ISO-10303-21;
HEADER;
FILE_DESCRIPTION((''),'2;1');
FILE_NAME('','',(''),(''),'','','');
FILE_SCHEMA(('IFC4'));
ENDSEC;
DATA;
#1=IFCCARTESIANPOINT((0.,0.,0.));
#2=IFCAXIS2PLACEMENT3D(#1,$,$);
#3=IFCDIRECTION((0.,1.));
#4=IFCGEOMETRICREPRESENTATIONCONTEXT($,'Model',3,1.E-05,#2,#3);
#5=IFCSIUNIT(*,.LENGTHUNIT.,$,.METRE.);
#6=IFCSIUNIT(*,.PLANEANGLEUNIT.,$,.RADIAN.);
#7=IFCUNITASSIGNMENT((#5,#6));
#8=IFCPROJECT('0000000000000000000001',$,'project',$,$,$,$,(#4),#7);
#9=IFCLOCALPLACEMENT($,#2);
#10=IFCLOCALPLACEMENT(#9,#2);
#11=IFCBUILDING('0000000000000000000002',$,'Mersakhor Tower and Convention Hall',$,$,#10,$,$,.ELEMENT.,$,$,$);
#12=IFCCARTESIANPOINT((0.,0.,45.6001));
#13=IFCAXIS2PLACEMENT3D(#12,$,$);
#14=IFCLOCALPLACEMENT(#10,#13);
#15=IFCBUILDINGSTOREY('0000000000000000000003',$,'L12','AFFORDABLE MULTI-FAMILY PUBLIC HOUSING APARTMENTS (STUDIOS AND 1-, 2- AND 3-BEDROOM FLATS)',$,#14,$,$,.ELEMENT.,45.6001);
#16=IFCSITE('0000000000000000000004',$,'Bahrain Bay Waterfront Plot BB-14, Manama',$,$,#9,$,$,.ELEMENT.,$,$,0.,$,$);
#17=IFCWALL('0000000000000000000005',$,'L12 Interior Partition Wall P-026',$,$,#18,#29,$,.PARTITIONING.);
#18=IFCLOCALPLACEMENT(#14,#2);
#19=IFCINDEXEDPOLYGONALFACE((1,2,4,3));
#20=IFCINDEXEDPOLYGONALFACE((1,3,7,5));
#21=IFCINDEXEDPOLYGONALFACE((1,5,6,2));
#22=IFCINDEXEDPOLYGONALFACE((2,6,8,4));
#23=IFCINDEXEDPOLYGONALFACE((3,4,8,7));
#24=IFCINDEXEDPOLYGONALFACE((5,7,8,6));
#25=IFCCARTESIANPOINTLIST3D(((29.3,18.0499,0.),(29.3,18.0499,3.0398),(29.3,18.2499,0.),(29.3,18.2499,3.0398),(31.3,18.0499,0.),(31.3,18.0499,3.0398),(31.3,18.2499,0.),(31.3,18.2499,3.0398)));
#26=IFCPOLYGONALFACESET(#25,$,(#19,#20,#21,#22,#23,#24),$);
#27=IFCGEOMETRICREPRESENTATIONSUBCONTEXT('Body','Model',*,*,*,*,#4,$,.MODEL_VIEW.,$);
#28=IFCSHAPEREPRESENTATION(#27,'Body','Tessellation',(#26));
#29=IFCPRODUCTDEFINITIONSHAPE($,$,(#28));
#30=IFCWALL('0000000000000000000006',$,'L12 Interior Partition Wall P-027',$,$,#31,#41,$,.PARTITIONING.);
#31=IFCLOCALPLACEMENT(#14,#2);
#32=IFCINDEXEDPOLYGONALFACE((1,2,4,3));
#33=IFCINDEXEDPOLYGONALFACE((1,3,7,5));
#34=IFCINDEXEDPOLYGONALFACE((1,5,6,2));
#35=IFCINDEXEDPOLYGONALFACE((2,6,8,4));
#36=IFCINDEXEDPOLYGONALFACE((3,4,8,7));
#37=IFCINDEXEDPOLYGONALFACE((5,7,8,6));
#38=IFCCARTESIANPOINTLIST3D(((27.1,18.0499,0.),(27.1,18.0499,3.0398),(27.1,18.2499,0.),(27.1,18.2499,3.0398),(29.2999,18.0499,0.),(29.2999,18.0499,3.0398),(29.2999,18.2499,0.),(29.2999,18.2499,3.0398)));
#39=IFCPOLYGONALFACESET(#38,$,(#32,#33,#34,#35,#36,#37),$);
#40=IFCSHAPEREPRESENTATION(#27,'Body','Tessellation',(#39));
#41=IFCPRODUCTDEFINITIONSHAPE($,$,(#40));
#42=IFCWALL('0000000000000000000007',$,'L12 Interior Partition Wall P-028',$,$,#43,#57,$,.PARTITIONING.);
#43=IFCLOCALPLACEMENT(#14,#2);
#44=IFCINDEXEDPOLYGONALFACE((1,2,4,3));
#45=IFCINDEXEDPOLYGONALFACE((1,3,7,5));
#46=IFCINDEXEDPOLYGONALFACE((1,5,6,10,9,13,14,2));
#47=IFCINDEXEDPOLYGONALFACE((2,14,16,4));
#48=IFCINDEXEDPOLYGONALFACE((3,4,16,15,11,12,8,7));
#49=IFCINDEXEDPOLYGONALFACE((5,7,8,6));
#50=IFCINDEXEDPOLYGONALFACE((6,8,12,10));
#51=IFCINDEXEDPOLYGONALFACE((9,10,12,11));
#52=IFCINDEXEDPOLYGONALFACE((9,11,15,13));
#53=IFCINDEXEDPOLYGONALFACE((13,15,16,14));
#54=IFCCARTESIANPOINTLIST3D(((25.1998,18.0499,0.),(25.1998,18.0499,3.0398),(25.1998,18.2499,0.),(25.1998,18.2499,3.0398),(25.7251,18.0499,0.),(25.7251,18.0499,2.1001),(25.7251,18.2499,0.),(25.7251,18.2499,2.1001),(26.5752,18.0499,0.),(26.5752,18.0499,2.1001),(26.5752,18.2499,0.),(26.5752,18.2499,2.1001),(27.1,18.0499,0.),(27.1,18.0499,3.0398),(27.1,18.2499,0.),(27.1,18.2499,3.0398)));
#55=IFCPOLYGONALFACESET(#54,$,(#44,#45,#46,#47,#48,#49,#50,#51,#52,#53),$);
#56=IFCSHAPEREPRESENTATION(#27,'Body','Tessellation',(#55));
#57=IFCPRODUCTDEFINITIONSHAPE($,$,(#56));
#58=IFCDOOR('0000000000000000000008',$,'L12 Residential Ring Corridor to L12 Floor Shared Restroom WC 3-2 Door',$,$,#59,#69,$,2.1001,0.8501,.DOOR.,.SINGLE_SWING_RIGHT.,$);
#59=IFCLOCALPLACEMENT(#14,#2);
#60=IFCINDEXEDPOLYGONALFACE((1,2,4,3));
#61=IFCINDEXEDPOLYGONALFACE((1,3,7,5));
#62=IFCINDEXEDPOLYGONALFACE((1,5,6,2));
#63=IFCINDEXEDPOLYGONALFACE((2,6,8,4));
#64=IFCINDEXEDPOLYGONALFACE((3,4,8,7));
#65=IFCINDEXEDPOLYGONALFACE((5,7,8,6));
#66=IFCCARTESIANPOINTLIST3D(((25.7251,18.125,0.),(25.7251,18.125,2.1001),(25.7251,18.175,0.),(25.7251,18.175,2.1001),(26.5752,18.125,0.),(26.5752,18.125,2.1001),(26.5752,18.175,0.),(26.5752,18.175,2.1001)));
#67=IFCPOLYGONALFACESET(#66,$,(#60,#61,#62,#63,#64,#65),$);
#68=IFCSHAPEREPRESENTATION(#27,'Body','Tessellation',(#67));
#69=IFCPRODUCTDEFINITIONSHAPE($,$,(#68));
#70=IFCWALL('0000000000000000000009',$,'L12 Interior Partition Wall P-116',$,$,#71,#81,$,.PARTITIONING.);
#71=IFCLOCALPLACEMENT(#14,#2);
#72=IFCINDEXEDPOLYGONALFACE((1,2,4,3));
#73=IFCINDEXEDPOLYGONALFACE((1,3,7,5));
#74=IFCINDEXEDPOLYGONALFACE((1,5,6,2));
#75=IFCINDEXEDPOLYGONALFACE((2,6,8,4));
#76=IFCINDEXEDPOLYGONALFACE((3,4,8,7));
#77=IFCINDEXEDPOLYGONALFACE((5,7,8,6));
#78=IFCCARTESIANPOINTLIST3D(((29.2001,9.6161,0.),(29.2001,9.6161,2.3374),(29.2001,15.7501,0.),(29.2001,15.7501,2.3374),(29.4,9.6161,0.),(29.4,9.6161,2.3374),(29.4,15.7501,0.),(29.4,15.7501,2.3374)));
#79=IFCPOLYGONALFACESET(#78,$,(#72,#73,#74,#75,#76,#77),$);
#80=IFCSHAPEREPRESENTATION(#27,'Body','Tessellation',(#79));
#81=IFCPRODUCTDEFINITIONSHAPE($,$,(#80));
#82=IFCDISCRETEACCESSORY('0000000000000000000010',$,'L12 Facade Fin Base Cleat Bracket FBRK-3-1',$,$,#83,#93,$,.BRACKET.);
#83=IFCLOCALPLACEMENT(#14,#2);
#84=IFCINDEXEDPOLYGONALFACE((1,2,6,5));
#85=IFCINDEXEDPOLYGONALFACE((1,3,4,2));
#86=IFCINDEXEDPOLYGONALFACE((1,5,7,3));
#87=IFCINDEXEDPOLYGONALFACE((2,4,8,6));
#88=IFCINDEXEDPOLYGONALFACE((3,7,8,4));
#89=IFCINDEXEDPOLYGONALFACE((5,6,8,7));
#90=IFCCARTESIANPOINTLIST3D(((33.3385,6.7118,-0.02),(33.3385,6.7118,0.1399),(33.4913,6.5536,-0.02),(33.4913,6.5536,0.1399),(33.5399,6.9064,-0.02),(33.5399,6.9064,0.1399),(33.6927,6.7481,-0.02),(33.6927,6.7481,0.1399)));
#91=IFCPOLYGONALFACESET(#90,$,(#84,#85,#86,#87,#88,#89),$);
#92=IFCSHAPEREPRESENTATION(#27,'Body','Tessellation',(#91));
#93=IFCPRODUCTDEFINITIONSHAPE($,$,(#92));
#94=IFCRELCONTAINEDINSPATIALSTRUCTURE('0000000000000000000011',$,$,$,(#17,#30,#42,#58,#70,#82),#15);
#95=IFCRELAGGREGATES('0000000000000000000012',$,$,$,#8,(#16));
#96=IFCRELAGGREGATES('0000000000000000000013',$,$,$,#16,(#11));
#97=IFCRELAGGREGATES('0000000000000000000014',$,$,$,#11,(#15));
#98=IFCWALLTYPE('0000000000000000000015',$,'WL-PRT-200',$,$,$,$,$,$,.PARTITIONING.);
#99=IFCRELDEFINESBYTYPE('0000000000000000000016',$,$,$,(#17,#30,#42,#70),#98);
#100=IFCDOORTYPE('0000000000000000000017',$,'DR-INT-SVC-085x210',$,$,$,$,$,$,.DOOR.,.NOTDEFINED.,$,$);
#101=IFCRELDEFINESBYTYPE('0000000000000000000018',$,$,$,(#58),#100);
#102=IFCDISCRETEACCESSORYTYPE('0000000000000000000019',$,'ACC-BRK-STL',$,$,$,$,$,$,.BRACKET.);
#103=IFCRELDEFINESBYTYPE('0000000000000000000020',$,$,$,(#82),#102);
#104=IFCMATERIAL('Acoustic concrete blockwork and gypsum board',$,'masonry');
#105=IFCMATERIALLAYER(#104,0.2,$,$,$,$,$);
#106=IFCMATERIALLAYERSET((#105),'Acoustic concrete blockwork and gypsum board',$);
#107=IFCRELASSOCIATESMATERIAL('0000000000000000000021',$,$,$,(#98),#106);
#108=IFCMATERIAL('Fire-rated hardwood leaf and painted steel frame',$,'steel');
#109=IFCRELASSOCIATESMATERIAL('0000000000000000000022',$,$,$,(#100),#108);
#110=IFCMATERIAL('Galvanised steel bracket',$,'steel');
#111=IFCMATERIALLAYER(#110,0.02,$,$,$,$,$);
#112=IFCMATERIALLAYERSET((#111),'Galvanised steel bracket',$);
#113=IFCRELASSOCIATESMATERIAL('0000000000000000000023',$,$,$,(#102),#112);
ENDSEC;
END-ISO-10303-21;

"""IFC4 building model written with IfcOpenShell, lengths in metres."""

from ifc_helpers import new_model, si_unit, direction, frame, frame_2d, origin, origin_2d, place, context, subcontext, project, spatial, rectangle, extrude, material, layer, layer_set, type_object, element, fill, save


model = new_model("IFC4")

# Units and contexts
model_context = context("Model", 3, precision=1e-05, world=origin(), true_north=direction((0.0, 1.0)))
body_context = subcontext(model_context, "Body", "Model", "MODEL_VIEW")
ifc_project = project(units=[si_unit("LENGTHUNIT", "METRE"), si_unit("PLANEANGLEUNIT", "RADIAN")], contexts=[model_context])

# Site, building, storey
site_placement = place(None, origin())
site = spatial("IfcSite", under=ifc_project, at=site_placement, Name="Bahrain Bay Waterfront Plot BB-14, Manama", CompositionType="ELEMENT", RefElevation=0.0)
building_placement = place(site_placement, origin())
building = spatial("IfcBuilding", under=site, at=building_placement, Name="Mersakhor Tower and Convention Hall", CompositionType="ELEMENT")
storey_placement = place(building_placement, frame((0.0, 0.0, 45.6001)))
storey = spatial("IfcBuildingStorey", under=building, at=storey_placement, Name="L12", Description="AFFORDABLE MULTI-FAMILY PUBLIC HOUSING APARTMENTS (STUDIOS AND 1-, 2- AND 3-BEDROOM FLATS)", CompositionType="ELEMENT", Elevation=45.6001)

# Shared definitions
ifc_material_1 = material(Name="Acoustic concrete blockwork and gypsum board", Category="masonry")
ifc_layer_1 = layer(ifc_material_1, 0.2)
ifc_layer_set_1 = layer_set([ifc_layer_1], Name="Acoustic concrete blockwork and gypsum board")
wall_type_1 = type_object("IfcWallType", Name="WL-PRT-200", PredefinedType="PARTITIONING", material=ifc_layer_set_1)

# Walls
wall_1_placement = place(storey_placement, frame((31.3, 18.1499, 0.0), z_axis=(0.0, 0.0, 1.0), x_axis=(-1.0, 0.0, 0.0)))
element("IfcWall", 1, at=wall_1_placement, inside=storey, type_object=wall_type_1, Name="L12 Interior Partition Wall P-026", PredefinedType="PARTITIONING", context=body_context, shape_type="SweptSolid", body=[
    extrude(rectangle(XDim=2.0, YDim=0.2, at=frame_2d((1.0, 0.0))), origin(), (0.0, 0.0, 1.0), 3.0398),
])
wall_2_placement = place(storey_placement, frame((29.3, 18.1499, 0.0), z_axis=(0.0, 0.0, 1.0), x_axis=(-1.0, 0.0, 0.0)))
element("IfcWall", 2, at=wall_2_placement, inside=storey, type_object=wall_type_1, Name="L12 Interior Partition Wall P-027", PredefinedType="PARTITIONING", context=body_context, shape_type="SweptSolid", body=[
    extrude(rectangle(XDim=2.2, YDim=0.2, at=frame_2d((1.1001, 0.0))), origin(), (0.0, 0.0, 1.0), 3.0398),
])

# Wall, opening, door
wall_3_placement = place(storey_placement, frame((27.1001, 18.1499, 0.0), z_axis=(0.0, 0.0, 1.0), x_axis=(-1.0, 0.0, 0.0)))
wall_3 = element("IfcWall", 3, at=wall_3_placement, inside=storey, type_object=wall_type_1, Name="L12 Interior Partition Wall P-028", PredefinedType="PARTITIONING", context=body_context, shape_type="SweptSolid", body=[
    extrude(rectangle(XDim=1.9001, YDim=0.2, at=frame_2d((0.9502, 0.0))), origin(), (0.0, 0.0, 1.0), 3.0398),
])
opening_1_placement = place(wall_3_placement, frame((0.5249, 0.0, 0.0)))
opening_1 = element("IfcOpeningElement", 4, at=opening_1_placement, cuts=wall_3, PredefinedType="OPENING", context=body_context, shape_type="SweptSolid", body=[
    extrude(rectangle(XDim=0.8501, YDim=2.1001, at=frame_2d((0.425, 1.05))), frame((0.0, 0.1099, 0.0), z_axis=(0.0, -1.0, 0.0), x_axis=(1.0, 0.0, 0.0)), (0.0, 0.0, 1.0), 0.22),
])
ifc_material_2 = material(Name="Fire-rated hardwood leaf and painted steel frame", Category="steel")
door_type_1 = type_object("IfcDoorType", Name="DR-INT-SVC-085x210", OperationType="NOTDEFINED", PredefinedType="DOOR", material=ifc_material_2)
door_1_placement = place(opening_1_placement, origin())
door_1 = element("IfcDoor", 5, at=door_1_placement, inside=storey, type_object=door_type_1, Name="L12 Residential Ring Corridor to L12 Floor Shared Restroom WC 3-2 Door", OperationType="SINGLE_SWING_RIGHT", OverallHeight=2.1001, OverallWidth=0.8501, PredefinedType="DOOR", context=body_context, shape_type="SweptSolid", body=[
    extrude(rectangle(XDim=0.8501, YDim=2.1001, at=frame_2d((0.425, 1.05))), frame((0.0, 0.0249, 0.0), z_axis=(0.0, -1.0, 0.0), x_axis=(1.0, 0.0, 0.0)), (0.0, 0.0, 1.0), 0.05),
])
fill(opening_1, door_1)

# Wall
wall_4_placement = place(storey_placement, frame((29.3, 15.75, 0.0), z_axis=(0.0, 0.0, 1.0), x_axis=(0.0, -1.0, 0.0)))
element("IfcWall", 6, at=wall_4_placement, inside=storey, type_object=wall_type_1, Name="L12 Interior Partition Wall P-116", PredefinedType="PARTITIONING", context=body_context, shape_type="SweptSolid", body=[
    extrude(rectangle(XDim=6.134, YDim=0.2, at=frame_2d((3.0669, 0.0))), origin(), (0.0, 0.0, 1.0), 2.3374),
])

# Discrete accessory
ifc_material_3 = material(Name="Galvanised steel bracket", Category="steel")
ifc_layer_2 = layer(ifc_material_3, 0.02)
ifc_layer_set_2 = layer_set([ifc_layer_2], Name="Galvanised steel bracket")
discrete_accessory_type = type_object("IfcDiscreteAccessoryType", Name="ACC-BRK-STL", PredefinedType="BRACKET", material=ifc_layer_set_2)
discrete_accessory_placement = place(storey_placement, frame((33.5156, 6.73, -0.02), z_axis=(0.0, 0.0, 1.0), x_axis=(-0.71934, -0.694658, 0.0)))
element("IfcDiscreteAccessory", 7, at=discrete_accessory_placement, inside=storey, type_object=discrete_accessory_type, Name="L12 Facade Fin Base Cleat Bracket FBRK-3-1", PredefinedType="BRACKET", context=body_context, shape_type="SweptSolid", body=[
    extrude(rectangle(XDim=0.28, YDim=0.22, at=origin_2d()), origin(), (0.0, 0.0, 1.0), 0.1599),
])

save(model, "model.ifc")
